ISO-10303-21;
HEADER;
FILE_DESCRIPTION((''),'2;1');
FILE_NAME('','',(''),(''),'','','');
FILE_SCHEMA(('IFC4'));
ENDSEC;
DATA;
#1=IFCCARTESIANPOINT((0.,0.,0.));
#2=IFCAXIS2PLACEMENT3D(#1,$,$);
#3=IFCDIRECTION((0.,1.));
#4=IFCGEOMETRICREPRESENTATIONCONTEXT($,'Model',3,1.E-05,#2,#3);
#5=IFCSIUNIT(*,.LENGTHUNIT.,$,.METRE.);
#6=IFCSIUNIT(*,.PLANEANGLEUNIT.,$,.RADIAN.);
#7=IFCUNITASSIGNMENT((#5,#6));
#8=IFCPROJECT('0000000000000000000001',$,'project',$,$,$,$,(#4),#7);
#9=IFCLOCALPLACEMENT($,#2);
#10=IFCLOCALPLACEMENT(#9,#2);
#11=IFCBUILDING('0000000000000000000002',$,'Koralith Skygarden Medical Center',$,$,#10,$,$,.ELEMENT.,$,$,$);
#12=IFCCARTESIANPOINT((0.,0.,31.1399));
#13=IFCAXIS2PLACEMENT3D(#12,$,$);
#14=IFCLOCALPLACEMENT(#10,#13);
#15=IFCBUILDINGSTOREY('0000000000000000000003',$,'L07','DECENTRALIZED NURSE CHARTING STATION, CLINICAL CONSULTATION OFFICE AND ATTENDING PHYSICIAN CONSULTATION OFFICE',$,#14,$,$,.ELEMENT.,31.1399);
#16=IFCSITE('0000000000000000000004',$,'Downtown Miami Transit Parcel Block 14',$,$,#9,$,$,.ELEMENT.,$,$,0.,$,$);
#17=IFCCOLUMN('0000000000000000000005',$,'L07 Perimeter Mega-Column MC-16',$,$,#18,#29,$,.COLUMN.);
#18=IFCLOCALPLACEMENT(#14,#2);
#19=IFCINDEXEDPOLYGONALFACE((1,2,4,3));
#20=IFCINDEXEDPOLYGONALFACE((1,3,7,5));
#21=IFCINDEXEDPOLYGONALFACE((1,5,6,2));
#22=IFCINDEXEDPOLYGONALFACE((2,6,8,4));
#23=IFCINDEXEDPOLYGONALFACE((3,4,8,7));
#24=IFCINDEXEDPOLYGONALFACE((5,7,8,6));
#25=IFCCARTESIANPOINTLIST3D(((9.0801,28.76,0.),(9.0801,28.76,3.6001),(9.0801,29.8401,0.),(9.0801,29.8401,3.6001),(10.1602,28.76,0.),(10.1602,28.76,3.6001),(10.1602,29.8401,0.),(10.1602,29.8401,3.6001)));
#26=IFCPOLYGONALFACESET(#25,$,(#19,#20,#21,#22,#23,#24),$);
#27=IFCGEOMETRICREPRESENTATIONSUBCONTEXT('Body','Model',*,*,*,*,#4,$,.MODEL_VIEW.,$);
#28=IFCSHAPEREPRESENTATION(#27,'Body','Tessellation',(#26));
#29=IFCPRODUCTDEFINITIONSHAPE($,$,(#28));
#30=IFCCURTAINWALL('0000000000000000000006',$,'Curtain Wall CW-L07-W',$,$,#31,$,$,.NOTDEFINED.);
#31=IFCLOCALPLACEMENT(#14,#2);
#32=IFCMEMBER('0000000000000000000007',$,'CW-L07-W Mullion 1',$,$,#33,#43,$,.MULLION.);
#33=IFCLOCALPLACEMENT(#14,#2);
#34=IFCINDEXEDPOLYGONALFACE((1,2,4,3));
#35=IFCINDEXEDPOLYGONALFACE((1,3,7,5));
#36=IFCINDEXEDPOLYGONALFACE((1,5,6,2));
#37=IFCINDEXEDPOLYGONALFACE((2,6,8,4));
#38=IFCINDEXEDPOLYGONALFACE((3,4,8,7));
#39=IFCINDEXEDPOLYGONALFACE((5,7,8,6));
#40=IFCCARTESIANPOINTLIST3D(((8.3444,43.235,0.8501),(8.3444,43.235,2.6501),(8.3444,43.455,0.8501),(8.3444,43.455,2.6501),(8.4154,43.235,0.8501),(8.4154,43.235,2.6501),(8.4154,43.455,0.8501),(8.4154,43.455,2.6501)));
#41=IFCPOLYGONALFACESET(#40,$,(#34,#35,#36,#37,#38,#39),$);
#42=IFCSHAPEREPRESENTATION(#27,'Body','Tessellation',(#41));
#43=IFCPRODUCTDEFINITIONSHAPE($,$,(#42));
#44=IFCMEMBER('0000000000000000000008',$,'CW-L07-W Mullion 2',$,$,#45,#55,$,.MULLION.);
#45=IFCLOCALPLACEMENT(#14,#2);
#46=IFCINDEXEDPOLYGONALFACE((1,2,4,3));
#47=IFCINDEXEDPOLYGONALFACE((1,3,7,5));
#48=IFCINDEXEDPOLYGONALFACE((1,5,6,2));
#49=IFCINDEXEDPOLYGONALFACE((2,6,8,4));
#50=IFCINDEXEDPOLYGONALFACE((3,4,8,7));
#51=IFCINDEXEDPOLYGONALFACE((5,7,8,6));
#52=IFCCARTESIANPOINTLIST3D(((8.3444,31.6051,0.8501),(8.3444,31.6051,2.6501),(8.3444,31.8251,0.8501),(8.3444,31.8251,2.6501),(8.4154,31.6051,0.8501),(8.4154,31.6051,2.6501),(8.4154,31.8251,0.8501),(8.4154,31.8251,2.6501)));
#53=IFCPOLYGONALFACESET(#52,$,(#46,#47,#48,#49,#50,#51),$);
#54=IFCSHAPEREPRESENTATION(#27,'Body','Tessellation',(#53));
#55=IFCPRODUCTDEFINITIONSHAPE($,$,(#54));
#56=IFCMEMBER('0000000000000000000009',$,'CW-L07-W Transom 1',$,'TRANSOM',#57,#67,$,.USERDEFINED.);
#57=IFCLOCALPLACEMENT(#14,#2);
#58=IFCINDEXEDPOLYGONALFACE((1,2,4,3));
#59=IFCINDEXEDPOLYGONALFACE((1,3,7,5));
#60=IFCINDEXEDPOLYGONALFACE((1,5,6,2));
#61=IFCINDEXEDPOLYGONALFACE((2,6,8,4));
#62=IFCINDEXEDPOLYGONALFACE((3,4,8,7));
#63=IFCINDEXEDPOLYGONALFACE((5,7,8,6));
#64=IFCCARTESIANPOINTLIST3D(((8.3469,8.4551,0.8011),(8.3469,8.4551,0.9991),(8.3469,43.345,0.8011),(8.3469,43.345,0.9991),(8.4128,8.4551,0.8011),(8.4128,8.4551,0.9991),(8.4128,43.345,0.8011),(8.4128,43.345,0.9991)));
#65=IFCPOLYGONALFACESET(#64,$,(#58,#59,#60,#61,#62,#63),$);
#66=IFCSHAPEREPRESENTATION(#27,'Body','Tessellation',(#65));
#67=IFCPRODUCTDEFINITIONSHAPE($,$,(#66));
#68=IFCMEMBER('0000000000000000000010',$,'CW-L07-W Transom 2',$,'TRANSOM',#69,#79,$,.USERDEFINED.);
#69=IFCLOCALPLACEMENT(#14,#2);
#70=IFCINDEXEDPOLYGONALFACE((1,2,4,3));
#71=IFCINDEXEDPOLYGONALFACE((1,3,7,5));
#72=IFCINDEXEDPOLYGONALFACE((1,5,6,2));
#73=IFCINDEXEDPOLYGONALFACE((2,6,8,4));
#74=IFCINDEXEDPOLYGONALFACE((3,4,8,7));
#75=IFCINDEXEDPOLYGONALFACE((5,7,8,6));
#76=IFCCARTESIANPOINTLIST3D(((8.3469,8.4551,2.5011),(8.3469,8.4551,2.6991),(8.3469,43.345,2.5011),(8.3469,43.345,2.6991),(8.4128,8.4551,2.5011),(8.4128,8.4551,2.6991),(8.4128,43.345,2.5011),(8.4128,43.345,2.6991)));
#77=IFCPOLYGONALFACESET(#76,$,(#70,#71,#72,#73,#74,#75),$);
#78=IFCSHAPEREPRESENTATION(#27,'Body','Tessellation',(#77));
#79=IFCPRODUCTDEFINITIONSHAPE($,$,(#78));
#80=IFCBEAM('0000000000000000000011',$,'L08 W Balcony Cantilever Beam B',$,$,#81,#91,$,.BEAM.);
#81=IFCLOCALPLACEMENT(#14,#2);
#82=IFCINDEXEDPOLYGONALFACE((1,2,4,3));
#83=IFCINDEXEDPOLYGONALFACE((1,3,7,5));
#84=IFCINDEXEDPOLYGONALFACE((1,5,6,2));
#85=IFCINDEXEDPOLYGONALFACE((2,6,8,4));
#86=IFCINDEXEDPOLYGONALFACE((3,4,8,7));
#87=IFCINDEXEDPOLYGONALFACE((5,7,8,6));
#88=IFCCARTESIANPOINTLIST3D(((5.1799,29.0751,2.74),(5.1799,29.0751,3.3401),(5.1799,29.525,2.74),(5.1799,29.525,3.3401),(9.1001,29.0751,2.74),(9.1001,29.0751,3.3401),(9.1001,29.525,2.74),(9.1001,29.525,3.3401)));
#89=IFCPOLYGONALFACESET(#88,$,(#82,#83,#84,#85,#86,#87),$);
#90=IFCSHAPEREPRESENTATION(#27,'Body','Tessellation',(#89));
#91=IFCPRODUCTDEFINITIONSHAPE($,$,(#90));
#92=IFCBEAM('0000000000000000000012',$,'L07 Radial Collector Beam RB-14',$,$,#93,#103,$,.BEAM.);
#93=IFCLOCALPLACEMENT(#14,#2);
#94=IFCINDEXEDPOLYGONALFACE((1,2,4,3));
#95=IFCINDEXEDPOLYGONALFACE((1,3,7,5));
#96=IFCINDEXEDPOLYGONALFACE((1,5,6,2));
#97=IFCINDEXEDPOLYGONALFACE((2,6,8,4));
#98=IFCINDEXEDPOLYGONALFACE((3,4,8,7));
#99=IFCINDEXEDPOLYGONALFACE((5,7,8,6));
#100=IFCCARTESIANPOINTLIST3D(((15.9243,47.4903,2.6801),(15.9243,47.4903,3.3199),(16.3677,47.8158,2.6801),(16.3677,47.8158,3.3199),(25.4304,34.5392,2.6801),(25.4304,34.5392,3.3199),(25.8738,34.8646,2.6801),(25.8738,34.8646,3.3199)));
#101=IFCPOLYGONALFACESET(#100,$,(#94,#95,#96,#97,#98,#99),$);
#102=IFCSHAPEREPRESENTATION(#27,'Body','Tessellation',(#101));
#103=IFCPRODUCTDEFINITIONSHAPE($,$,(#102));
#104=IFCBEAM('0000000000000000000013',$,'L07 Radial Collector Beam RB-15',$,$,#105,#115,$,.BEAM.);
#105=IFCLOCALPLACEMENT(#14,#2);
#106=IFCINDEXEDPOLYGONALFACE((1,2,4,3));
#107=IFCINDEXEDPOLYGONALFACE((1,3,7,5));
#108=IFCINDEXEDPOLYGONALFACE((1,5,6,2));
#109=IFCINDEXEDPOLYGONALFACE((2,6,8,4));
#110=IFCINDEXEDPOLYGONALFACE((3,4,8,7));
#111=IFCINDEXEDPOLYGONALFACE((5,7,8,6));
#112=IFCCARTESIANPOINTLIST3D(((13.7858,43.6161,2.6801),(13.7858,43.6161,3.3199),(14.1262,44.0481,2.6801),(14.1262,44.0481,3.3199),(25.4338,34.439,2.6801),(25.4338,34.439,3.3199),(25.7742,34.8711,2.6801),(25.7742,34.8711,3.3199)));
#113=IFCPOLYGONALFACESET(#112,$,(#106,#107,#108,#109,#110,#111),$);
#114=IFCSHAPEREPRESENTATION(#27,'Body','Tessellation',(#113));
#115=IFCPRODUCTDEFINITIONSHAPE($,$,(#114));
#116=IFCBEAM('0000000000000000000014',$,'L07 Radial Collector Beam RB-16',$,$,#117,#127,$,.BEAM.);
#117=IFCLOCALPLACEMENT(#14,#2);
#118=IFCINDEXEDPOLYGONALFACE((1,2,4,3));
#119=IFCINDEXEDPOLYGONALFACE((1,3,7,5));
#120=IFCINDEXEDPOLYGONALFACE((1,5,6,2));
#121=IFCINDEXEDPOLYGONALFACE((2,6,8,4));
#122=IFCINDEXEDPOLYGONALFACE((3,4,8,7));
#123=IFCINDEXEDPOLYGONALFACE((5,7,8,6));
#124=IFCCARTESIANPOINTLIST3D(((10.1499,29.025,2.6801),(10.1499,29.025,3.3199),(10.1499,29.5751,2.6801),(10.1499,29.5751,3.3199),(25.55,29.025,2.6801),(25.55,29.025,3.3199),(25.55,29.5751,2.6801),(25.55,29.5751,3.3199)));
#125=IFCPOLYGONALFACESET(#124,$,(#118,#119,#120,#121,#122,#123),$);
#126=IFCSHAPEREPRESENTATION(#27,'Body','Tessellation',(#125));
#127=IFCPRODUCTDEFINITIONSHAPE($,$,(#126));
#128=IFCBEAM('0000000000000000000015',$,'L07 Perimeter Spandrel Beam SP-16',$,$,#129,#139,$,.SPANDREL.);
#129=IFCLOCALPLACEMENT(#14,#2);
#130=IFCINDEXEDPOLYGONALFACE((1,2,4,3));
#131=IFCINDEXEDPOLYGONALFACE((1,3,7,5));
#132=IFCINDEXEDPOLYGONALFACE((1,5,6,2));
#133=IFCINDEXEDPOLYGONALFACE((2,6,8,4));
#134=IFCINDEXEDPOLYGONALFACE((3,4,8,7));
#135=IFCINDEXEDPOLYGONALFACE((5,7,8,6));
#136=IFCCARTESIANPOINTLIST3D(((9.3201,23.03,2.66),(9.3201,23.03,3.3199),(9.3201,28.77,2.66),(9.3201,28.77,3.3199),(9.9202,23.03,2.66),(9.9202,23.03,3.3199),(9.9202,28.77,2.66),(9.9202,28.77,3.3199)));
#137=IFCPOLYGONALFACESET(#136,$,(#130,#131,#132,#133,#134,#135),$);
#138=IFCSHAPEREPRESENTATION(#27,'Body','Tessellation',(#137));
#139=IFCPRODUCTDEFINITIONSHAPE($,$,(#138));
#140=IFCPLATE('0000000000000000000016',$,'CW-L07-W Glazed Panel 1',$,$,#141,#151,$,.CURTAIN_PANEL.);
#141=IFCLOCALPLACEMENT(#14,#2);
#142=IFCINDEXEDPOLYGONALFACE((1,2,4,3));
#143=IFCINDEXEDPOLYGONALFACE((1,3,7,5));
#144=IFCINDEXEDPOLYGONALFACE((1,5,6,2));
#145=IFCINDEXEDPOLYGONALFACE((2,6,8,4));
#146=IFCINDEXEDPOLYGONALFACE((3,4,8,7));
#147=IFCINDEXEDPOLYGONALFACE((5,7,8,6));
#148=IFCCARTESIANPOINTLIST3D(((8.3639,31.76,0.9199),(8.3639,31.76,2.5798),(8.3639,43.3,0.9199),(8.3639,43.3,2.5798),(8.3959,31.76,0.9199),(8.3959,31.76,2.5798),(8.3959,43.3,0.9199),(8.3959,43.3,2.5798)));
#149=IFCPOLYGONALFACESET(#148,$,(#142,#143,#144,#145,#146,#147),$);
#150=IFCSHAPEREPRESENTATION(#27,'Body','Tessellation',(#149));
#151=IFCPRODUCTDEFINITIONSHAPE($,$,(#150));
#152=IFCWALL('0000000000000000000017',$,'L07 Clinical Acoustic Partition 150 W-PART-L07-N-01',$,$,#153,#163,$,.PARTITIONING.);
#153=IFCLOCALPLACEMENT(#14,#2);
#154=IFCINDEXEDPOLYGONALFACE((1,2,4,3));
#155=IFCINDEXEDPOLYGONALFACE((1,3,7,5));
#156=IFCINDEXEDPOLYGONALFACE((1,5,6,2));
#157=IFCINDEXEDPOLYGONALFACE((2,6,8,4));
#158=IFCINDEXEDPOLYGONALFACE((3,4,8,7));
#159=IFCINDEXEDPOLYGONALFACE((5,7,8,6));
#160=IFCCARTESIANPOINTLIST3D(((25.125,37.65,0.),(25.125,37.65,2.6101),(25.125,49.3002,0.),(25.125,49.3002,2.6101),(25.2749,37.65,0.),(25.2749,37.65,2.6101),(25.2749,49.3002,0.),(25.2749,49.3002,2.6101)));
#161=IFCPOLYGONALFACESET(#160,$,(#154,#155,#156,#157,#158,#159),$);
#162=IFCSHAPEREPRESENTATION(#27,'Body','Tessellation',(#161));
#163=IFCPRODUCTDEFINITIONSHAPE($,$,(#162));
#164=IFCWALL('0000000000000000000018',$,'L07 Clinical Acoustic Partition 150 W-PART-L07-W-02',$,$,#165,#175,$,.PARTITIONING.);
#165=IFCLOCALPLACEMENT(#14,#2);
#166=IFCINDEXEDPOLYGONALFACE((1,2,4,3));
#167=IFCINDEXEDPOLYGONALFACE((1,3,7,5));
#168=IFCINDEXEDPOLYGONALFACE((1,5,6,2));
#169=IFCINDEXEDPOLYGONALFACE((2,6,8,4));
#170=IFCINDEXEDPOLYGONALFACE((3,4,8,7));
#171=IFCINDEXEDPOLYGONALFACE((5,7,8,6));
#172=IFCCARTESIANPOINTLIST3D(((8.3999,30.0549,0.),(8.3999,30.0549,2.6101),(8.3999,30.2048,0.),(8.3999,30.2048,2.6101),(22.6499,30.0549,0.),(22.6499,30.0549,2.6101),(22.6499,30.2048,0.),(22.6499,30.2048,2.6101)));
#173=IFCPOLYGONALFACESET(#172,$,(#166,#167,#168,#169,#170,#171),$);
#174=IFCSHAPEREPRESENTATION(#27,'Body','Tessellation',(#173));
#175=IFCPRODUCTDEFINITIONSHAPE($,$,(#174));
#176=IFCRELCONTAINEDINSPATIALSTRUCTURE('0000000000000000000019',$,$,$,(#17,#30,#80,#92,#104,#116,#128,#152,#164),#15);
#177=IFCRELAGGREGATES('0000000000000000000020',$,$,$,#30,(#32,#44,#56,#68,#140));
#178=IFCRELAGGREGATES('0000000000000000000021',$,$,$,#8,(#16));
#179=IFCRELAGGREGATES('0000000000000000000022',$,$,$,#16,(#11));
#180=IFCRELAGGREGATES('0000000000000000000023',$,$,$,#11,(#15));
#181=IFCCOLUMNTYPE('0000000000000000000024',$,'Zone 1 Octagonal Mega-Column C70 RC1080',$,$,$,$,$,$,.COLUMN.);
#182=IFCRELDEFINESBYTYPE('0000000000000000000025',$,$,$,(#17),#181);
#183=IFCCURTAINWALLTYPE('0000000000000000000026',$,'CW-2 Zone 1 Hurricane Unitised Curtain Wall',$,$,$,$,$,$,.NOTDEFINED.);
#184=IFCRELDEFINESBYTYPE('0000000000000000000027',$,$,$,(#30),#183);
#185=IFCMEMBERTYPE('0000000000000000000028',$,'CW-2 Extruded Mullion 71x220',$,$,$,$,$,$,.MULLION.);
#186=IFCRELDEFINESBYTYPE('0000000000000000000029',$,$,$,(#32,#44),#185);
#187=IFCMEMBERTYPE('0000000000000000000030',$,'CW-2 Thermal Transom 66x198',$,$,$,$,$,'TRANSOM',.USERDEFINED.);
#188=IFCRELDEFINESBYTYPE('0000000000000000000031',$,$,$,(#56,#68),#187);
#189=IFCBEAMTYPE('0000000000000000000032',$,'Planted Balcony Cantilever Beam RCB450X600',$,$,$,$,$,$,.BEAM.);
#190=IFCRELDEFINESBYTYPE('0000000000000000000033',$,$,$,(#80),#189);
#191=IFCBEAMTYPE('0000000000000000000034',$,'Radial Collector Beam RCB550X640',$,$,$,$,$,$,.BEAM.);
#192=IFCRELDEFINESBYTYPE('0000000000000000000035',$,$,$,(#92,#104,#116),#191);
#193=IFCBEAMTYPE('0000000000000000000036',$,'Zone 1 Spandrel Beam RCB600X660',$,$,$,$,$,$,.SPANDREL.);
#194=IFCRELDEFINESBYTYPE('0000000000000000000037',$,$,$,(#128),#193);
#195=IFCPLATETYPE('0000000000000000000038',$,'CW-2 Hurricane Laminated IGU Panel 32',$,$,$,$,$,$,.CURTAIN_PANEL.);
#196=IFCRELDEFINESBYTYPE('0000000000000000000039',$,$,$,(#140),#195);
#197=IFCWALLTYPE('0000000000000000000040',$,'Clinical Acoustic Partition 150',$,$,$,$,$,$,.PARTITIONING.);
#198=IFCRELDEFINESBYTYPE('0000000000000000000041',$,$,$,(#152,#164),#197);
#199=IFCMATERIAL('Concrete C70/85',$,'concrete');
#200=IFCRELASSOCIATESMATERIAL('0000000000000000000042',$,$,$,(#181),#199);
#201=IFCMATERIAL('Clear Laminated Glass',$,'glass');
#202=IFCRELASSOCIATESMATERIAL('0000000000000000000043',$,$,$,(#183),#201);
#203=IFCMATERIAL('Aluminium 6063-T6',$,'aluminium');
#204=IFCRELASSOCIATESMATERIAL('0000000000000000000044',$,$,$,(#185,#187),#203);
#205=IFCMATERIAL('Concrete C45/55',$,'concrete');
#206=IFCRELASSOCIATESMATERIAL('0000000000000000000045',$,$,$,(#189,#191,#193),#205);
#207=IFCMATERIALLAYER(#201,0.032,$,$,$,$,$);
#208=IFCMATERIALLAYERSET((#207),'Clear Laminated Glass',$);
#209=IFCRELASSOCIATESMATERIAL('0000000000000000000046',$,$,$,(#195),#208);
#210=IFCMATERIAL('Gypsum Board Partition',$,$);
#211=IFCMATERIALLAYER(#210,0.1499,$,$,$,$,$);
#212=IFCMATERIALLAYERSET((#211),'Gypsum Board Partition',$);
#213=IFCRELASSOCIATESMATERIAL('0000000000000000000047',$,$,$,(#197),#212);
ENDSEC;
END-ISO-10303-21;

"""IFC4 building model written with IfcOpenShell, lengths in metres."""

from ifc_helpers import new_model, si_unit, direction, frame, frame_2d, origin, origin_2d, place, context, subcontext, project, spatial, rectangle, extrude, material, layer, layer_set, material_profile, profile_set, type_object, element, aggregate, save


model = new_model("IFC4")

# Units and contexts
model_context = context("Model", 3, precision=1e-05, world=origin(), true_north=direction((0.0, 1.0)))
body_context = subcontext(model_context, "Body", "Model", "MODEL_VIEW")
ifc_project = project(units=[si_unit("LENGTHUNIT", "METRE"), si_unit("PLANEANGLEUNIT", "RADIAN")], contexts=[model_context])

# Site, building, storey
site_placement = place(None, origin())
site = spatial("IfcSite", under=ifc_project, at=site_placement, Name="Downtown Miami Transit Parcel Block 14", CompositionType="ELEMENT", RefElevation=0.0)
building_placement = place(site_placement, origin())
building = spatial("IfcBuilding", under=site, at=building_placement, Name="Koralith Skygarden Medical Center", CompositionType="ELEMENT")
storey_placement = place(building_placement, frame((0.0, 0.0, 31.1399)))
storey = spatial("IfcBuildingStorey", under=building, at=storey_placement, Name="L07", Description="DECENTRALIZED NURSE CHARTING STATION, CLINICAL CONSULTATION OFFICE AND ATTENDING PHYSICIAN CONSULTATION OFFICE", CompositionType="ELEMENT", Elevation=31.1399)

# Column
ifc_material_1 = material(Name="Concrete C70/85", Category="concrete")
ifc_material_profile_1 = material_profile(ifc_material_1, rectangle(XDim=1.0801, YDim=1.0801, at=origin_2d()), Name="RC1080X1080")
ifc_profile_set_1 = profile_set([ifc_material_profile_1], Name="Concrete C70/85")
column_type = type_object("IfcColumnType", Name="Zone 1 Octagonal Mega-Column C70 RC1080", PredefinedType="COLUMN", material=ifc_profile_set_1)
column_placement = place(storey_placement, frame((9.6201, 29.3, 0.0), z_axis=(0.0, 0.0, 1.0), x_axis=(1.0, 0.0, 0.0)))
element("IfcColumn", 1, at=column_placement, inside=storey, type_object=column_type, Name="L07 Perimeter Mega-Column MC-16", PredefinedType="COLUMN", context=body_context, shape_type="SweptSolid", body=[
    extrude(rectangle(XDim=1.0801, YDim=1.0801, at=origin_2d()), origin(), (0.0, 0.0, 1.0), 3.6001),
])

# Curtain wall, members
ifc_material_2 = material(Name="Clear Laminated Glass", Category="glass")
curtain_wall_type = type_object("IfcCurtainWallType", Name="CW-2 Zone 1 Hurricane Unitised Curtain Wall", PredefinedType="NOTDEFINED", material=ifc_material_2)
curtain_wall_placement = place(storey_placement, origin())
curtain_wall = element("IfcCurtainWall", 2, at=curtain_wall_placement, inside=storey, type_object=curtain_wall_type, Name="Curtain Wall CW-L07-W", PredefinedType="NOTDEFINED")
ifc_material_3 = material(Name="Aluminium 6063-T6", Category="aluminium")
ifc_material_profile_2 = material_profile(ifc_material_3, rectangle(XDim=0.071, YDim=0.22, at=origin_2d()), Name="MUL71X220")
ifc_profile_set_2 = profile_set([ifc_material_profile_2], Name="Aluminium 6063-T6")
member_type_1 = type_object("IfcMemberType", Name="CW-2 Extruded Mullion 71x220", PredefinedType="MULLION", material=ifc_profile_set_2)
member_1_placement = place(storey_placement, frame((8.3799, 43.345, 0.8501), z_axis=(0.0, 0.0, 1.0), x_axis=(1.0, 0.0, 0.0)))
member_1 = element("IfcMember", 3, at=member_1_placement, type_object=member_type_1, Name="CW-L07-W Mullion 1", PredefinedType="MULLION", context=body_context, shape_type="SweptSolid", body=[
    extrude(rectangle(XDim=0.071, YDim=0.22, at=origin_2d()), origin(), (0.0, 0.0, 1.0), 1.8),
])
member_2_placement = place(storey_placement, frame((8.3799, 31.7151, 0.8501), z_axis=(0.0, 0.0, 1.0), x_axis=(1.0, 0.0, 0.0)))
member_2 = element("IfcMember", 4, at=member_2_placement, type_object=member_type_1, Name="CW-L07-W Mullion 2", PredefinedType="MULLION", context=body_context, shape_type="SweptSolid", body=[
    extrude(rectangle(XDim=0.071, YDim=0.22, at=origin_2d()), origin(), (0.0, 0.0, 1.0), 1.8),
])
ifc_material_profile_3 = material_profile(ifc_material_3, rectangle(XDim=0.0659, YDim=0.198, at=origin_2d()), Name="TRN66X198")
ifc_profile_set_3 = profile_set([ifc_material_profile_3], Name="Aluminium 6063-T6")
member_type_2 = type_object("IfcMemberType", Name="CW-2 Thermal Transom 66x198", ElementType="TRANSOM", PredefinedType="USERDEFINED", material=ifc_profile_set_3)
member_3_placement = place(storey_placement, frame((8.3799, 43.345, 0.9001), z_axis=(0.0, -1.0, 0.0), x_axis=(1.0, 0.0, 0.0)))
member_3 = element("IfcMember", 5, at=member_3_placement, type_object=member_type_2, Name="CW-L07-W Transom 1", ObjectType="TRANSOM", PredefinedType="USERDEFINED", context=body_context, shape_type="SweptSolid", body=[
    extrude(rectangle(XDim=0.0659, YDim=0.198, at=origin_2d()), origin(), (0.0, 0.0, 1.0), 34.8899),
])
member_4_placement = place(storey_placement, frame((8.3799, 43.345, 2.6001), z_axis=(0.0, -1.0, 0.0), x_axis=(1.0, 0.0, 0.0)))
member_4 = element("IfcMember", 6, at=member_4_placement, type_object=member_type_2, Name="CW-L07-W Transom 2", ObjectType="TRANSOM", PredefinedType="USERDEFINED", context=body_context, shape_type="SweptSolid", body=[
    extrude(rectangle(XDim=0.0659, YDim=0.198, at=origin_2d()), origin(), (0.0, 0.0, 1.0), 34.8899),
])

# Beams
ifc_material_4 = material(Name="Concrete C45/55", Category="concrete")
ifc_material_profile_4 = material_profile(ifc_material_4, rectangle(XDim=0.45, YDim=0.6001, at=origin_2d()), Name="RCB450X600")
ifc_profile_set_4 = profile_set([ifc_material_profile_4], Name="Concrete C45/55")
beam_type_1 = type_object("IfcBeamType", Name="Planted Balcony Cantilever Beam RCB450X600", PredefinedType="BEAM", material=ifc_profile_set_4)
beam_1_placement = place(storey_placement, frame((9.1001, 29.3, 3.04), z_axis=(-1.0, 0.0, 0.0), x_axis=(0.0, -1.0, 0.0)))
element("IfcBeam", 7, at=beam_1_placement, inside=storey, type_object=beam_type_1, Name="L08 W Balcony Cantilever Beam B", PredefinedType="BEAM", context=body_context, shape_type="SweptSolid", body=[
    extrude(rectangle(XDim=0.45, YDim=0.6001, at=origin_2d()), origin(), (0.0, 0.0, 1.0), 3.9202),
])
ifc_material_profile_5 = material_profile(ifc_material_4, rectangle(XDim=0.55, YDim=0.6399, at=origin_2d()), Name="RCB550X640")
ifc_profile_set_5 = profile_set([ifc_material_profile_5], Name="Concrete C45/55")
beam_type_2 = type_object("IfcBeamType", Name="Radial Collector Beam RCB550X640", PredefinedType="BEAM", material=ifc_profile_set_5)
beam_2_placement = place(storey_placement, frame((25.6521, 34.7019, 3.0), z_axis=(-0.591711, 0.80615, 0.0), x_axis=(-0.80615, -0.591711, 0.0)))
element("IfcBeam", 8, at=beam_2_placement, inside=storey, type_object=beam_type_2, Name="L07 Radial Collector Beam RB-14", PredefinedType="BEAM", context=body_context, shape_type="SweptSolid", body=[
    extrude(rectangle(XDim=0.55, YDim=0.6399, at=origin_2d()), origin(), (0.0, 0.0, 1.0), 16.0654),
])
beam_3_placement = place(storey_placement, frame((25.604, 34.655, 3.0), z_axis=(-0.785497, 0.618865, 0.0), x_axis=(-0.618865, -0.785497, 0.0)))
element("IfcBeam", 9, at=beam_3_placement, inside=storey, type_object=beam_type_2, Name="L07 Radial Collector Beam RB-15", PredefinedType="BEAM", context=body_context, shape_type="SweptSolid", body=[
    extrude(rectangle(XDim=0.55, YDim=0.6399, at=origin_2d()), origin(), (0.0, 0.0, 1.0), 14.8289),
])
beam_4_placement = place(storey_placement, frame((25.55, 29.3, 3.0), z_axis=(-1.0, 0.0, 0.0), x_axis=(0.0, -1.0, 0.0)))
element("IfcBeam", 10, at=beam_4_placement, inside=storey, type_object=beam_type_2, Name="L07 Radial Collector Beam RB-16", PredefinedType="BEAM", context=body_context, shape_type="SweptSolid", body=[
    extrude(rectangle(XDim=0.55, YDim=0.6399, at=origin_2d()), origin(), (0.0, 0.0, 1.0), 15.4001),
])
ifc_material_profile_6 = material_profile(ifc_material_4, rectangle(XDim=0.6001, YDim=0.6599, at=origin_2d()), Name="RCB600X660")
ifc_profile_set_6 = profile_set([ifc_material_profile_6], Name="Concrete C45/55")
beam_type_3 = type_object("IfcBeamType", Name="Zone 1 Spandrel Beam RCB600X660", PredefinedType="SPANDREL", material=ifc_profile_set_6)
beam_5_placement = place(storey_placement, frame((9.6201, 28.77, 2.99), z_axis=(0.0, -1.0, 0.0), x_axis=(1.0, 0.0, 0.0)))
element("IfcBeam", 11, at=beam_5_placement, inside=storey, type_object=beam_type_3, Name="L07 Perimeter Spandrel Beam SP-16", PredefinedType="SPANDREL", context=body_context, shape_type="SweptSolid", body=[
    extrude(rectangle(XDim=0.6001, YDim=0.6599, at=origin_2d()), origin(), (0.0, 0.0, 1.0), 5.74),
])

# Plate
ifc_layer_1 = layer(ifc_material_2, 0.032)
ifc_layer_set_1 = layer_set([ifc_layer_1], Name="Clear Laminated Glass")
plate_type = type_object("IfcPlateType", Name="CW-2 Hurricane Laminated IGU Panel 32", PredefinedType="CURTAIN_PANEL", material=ifc_layer_set_1)
plate_placement = place(storey_placement, frame((8.3799, 37.53, 0.9199), z_axis=(0.0, 0.0, 1.0), x_axis=(0.0, -1.0, 0.0)))
plate = element("IfcPlate", 12, at=plate_placement, type_object=plate_type, Name="CW-L07-W Glazed Panel 1", PredefinedType="CURTAIN_PANEL", context=body_context, shape_type="SweptSolid", body=[
    extrude(rectangle(XDim=11.54, YDim=0.032, at=origin_2d()), origin(), (0.0, 0.0, 1.0), 1.6599),
])
aggregate(curtain_wall, [member_1, member_2, member_3, member_4, plate])

# Walls
ifc_material_5 = material(Name="Gypsum Board Partition")
ifc_layer_2 = layer(ifc_material_5, 0.1499)
ifc_layer_set_2 = layer_set([ifc_layer_2], Name="Gypsum Board Partition")
wall_type_1 = type_object("IfcWallType", Name="Clinical Acoustic Partition 150", PredefinedType="PARTITIONING", material=ifc_layer_set_2)
wall_1_placement = place(storey_placement, frame((25.2, 37.6499, 0.0), z_axis=(0.0, 0.0, 1.0), x_axis=(0.0, 1.0, 0.0)))
element("IfcWall", 13, at=wall_1_placement, inside=storey, type_object=wall_type_1, Name="L07 Clinical Acoustic Partition 150 W-PART-L07-N-01", PredefinedType="PARTITIONING", context=body_context, shape_type="SweptSolid", body=[
    extrude(rectangle(XDim=11.6501, YDim=0.1499, at=frame_2d((5.8252, 0.0))), origin(), (0.0, 0.0, 1.0), 2.6101),
])
wall_2_placement = place(storey_placement, frame((22.6499, 30.1299, 0.0), z_axis=(0.0, 0.0, 1.0), x_axis=(-1.0, 0.0, 0.0)))
element("IfcWall", 14, at=wall_2_placement, inside=storey, type_object=wall_type_1, Name="L07 Clinical Acoustic Partition 150 W-PART-L07-W-02", PredefinedType="PARTITIONING", context=body_context, shape_type="SweptSolid", body=[
    extrude(rectangle(XDim=14.25, YDim=0.1499, at=frame_2d((7.125, 0.0))), origin(), (0.0, 0.0, 1.0), 2.6101),
])

save(model, "model.ifc")
